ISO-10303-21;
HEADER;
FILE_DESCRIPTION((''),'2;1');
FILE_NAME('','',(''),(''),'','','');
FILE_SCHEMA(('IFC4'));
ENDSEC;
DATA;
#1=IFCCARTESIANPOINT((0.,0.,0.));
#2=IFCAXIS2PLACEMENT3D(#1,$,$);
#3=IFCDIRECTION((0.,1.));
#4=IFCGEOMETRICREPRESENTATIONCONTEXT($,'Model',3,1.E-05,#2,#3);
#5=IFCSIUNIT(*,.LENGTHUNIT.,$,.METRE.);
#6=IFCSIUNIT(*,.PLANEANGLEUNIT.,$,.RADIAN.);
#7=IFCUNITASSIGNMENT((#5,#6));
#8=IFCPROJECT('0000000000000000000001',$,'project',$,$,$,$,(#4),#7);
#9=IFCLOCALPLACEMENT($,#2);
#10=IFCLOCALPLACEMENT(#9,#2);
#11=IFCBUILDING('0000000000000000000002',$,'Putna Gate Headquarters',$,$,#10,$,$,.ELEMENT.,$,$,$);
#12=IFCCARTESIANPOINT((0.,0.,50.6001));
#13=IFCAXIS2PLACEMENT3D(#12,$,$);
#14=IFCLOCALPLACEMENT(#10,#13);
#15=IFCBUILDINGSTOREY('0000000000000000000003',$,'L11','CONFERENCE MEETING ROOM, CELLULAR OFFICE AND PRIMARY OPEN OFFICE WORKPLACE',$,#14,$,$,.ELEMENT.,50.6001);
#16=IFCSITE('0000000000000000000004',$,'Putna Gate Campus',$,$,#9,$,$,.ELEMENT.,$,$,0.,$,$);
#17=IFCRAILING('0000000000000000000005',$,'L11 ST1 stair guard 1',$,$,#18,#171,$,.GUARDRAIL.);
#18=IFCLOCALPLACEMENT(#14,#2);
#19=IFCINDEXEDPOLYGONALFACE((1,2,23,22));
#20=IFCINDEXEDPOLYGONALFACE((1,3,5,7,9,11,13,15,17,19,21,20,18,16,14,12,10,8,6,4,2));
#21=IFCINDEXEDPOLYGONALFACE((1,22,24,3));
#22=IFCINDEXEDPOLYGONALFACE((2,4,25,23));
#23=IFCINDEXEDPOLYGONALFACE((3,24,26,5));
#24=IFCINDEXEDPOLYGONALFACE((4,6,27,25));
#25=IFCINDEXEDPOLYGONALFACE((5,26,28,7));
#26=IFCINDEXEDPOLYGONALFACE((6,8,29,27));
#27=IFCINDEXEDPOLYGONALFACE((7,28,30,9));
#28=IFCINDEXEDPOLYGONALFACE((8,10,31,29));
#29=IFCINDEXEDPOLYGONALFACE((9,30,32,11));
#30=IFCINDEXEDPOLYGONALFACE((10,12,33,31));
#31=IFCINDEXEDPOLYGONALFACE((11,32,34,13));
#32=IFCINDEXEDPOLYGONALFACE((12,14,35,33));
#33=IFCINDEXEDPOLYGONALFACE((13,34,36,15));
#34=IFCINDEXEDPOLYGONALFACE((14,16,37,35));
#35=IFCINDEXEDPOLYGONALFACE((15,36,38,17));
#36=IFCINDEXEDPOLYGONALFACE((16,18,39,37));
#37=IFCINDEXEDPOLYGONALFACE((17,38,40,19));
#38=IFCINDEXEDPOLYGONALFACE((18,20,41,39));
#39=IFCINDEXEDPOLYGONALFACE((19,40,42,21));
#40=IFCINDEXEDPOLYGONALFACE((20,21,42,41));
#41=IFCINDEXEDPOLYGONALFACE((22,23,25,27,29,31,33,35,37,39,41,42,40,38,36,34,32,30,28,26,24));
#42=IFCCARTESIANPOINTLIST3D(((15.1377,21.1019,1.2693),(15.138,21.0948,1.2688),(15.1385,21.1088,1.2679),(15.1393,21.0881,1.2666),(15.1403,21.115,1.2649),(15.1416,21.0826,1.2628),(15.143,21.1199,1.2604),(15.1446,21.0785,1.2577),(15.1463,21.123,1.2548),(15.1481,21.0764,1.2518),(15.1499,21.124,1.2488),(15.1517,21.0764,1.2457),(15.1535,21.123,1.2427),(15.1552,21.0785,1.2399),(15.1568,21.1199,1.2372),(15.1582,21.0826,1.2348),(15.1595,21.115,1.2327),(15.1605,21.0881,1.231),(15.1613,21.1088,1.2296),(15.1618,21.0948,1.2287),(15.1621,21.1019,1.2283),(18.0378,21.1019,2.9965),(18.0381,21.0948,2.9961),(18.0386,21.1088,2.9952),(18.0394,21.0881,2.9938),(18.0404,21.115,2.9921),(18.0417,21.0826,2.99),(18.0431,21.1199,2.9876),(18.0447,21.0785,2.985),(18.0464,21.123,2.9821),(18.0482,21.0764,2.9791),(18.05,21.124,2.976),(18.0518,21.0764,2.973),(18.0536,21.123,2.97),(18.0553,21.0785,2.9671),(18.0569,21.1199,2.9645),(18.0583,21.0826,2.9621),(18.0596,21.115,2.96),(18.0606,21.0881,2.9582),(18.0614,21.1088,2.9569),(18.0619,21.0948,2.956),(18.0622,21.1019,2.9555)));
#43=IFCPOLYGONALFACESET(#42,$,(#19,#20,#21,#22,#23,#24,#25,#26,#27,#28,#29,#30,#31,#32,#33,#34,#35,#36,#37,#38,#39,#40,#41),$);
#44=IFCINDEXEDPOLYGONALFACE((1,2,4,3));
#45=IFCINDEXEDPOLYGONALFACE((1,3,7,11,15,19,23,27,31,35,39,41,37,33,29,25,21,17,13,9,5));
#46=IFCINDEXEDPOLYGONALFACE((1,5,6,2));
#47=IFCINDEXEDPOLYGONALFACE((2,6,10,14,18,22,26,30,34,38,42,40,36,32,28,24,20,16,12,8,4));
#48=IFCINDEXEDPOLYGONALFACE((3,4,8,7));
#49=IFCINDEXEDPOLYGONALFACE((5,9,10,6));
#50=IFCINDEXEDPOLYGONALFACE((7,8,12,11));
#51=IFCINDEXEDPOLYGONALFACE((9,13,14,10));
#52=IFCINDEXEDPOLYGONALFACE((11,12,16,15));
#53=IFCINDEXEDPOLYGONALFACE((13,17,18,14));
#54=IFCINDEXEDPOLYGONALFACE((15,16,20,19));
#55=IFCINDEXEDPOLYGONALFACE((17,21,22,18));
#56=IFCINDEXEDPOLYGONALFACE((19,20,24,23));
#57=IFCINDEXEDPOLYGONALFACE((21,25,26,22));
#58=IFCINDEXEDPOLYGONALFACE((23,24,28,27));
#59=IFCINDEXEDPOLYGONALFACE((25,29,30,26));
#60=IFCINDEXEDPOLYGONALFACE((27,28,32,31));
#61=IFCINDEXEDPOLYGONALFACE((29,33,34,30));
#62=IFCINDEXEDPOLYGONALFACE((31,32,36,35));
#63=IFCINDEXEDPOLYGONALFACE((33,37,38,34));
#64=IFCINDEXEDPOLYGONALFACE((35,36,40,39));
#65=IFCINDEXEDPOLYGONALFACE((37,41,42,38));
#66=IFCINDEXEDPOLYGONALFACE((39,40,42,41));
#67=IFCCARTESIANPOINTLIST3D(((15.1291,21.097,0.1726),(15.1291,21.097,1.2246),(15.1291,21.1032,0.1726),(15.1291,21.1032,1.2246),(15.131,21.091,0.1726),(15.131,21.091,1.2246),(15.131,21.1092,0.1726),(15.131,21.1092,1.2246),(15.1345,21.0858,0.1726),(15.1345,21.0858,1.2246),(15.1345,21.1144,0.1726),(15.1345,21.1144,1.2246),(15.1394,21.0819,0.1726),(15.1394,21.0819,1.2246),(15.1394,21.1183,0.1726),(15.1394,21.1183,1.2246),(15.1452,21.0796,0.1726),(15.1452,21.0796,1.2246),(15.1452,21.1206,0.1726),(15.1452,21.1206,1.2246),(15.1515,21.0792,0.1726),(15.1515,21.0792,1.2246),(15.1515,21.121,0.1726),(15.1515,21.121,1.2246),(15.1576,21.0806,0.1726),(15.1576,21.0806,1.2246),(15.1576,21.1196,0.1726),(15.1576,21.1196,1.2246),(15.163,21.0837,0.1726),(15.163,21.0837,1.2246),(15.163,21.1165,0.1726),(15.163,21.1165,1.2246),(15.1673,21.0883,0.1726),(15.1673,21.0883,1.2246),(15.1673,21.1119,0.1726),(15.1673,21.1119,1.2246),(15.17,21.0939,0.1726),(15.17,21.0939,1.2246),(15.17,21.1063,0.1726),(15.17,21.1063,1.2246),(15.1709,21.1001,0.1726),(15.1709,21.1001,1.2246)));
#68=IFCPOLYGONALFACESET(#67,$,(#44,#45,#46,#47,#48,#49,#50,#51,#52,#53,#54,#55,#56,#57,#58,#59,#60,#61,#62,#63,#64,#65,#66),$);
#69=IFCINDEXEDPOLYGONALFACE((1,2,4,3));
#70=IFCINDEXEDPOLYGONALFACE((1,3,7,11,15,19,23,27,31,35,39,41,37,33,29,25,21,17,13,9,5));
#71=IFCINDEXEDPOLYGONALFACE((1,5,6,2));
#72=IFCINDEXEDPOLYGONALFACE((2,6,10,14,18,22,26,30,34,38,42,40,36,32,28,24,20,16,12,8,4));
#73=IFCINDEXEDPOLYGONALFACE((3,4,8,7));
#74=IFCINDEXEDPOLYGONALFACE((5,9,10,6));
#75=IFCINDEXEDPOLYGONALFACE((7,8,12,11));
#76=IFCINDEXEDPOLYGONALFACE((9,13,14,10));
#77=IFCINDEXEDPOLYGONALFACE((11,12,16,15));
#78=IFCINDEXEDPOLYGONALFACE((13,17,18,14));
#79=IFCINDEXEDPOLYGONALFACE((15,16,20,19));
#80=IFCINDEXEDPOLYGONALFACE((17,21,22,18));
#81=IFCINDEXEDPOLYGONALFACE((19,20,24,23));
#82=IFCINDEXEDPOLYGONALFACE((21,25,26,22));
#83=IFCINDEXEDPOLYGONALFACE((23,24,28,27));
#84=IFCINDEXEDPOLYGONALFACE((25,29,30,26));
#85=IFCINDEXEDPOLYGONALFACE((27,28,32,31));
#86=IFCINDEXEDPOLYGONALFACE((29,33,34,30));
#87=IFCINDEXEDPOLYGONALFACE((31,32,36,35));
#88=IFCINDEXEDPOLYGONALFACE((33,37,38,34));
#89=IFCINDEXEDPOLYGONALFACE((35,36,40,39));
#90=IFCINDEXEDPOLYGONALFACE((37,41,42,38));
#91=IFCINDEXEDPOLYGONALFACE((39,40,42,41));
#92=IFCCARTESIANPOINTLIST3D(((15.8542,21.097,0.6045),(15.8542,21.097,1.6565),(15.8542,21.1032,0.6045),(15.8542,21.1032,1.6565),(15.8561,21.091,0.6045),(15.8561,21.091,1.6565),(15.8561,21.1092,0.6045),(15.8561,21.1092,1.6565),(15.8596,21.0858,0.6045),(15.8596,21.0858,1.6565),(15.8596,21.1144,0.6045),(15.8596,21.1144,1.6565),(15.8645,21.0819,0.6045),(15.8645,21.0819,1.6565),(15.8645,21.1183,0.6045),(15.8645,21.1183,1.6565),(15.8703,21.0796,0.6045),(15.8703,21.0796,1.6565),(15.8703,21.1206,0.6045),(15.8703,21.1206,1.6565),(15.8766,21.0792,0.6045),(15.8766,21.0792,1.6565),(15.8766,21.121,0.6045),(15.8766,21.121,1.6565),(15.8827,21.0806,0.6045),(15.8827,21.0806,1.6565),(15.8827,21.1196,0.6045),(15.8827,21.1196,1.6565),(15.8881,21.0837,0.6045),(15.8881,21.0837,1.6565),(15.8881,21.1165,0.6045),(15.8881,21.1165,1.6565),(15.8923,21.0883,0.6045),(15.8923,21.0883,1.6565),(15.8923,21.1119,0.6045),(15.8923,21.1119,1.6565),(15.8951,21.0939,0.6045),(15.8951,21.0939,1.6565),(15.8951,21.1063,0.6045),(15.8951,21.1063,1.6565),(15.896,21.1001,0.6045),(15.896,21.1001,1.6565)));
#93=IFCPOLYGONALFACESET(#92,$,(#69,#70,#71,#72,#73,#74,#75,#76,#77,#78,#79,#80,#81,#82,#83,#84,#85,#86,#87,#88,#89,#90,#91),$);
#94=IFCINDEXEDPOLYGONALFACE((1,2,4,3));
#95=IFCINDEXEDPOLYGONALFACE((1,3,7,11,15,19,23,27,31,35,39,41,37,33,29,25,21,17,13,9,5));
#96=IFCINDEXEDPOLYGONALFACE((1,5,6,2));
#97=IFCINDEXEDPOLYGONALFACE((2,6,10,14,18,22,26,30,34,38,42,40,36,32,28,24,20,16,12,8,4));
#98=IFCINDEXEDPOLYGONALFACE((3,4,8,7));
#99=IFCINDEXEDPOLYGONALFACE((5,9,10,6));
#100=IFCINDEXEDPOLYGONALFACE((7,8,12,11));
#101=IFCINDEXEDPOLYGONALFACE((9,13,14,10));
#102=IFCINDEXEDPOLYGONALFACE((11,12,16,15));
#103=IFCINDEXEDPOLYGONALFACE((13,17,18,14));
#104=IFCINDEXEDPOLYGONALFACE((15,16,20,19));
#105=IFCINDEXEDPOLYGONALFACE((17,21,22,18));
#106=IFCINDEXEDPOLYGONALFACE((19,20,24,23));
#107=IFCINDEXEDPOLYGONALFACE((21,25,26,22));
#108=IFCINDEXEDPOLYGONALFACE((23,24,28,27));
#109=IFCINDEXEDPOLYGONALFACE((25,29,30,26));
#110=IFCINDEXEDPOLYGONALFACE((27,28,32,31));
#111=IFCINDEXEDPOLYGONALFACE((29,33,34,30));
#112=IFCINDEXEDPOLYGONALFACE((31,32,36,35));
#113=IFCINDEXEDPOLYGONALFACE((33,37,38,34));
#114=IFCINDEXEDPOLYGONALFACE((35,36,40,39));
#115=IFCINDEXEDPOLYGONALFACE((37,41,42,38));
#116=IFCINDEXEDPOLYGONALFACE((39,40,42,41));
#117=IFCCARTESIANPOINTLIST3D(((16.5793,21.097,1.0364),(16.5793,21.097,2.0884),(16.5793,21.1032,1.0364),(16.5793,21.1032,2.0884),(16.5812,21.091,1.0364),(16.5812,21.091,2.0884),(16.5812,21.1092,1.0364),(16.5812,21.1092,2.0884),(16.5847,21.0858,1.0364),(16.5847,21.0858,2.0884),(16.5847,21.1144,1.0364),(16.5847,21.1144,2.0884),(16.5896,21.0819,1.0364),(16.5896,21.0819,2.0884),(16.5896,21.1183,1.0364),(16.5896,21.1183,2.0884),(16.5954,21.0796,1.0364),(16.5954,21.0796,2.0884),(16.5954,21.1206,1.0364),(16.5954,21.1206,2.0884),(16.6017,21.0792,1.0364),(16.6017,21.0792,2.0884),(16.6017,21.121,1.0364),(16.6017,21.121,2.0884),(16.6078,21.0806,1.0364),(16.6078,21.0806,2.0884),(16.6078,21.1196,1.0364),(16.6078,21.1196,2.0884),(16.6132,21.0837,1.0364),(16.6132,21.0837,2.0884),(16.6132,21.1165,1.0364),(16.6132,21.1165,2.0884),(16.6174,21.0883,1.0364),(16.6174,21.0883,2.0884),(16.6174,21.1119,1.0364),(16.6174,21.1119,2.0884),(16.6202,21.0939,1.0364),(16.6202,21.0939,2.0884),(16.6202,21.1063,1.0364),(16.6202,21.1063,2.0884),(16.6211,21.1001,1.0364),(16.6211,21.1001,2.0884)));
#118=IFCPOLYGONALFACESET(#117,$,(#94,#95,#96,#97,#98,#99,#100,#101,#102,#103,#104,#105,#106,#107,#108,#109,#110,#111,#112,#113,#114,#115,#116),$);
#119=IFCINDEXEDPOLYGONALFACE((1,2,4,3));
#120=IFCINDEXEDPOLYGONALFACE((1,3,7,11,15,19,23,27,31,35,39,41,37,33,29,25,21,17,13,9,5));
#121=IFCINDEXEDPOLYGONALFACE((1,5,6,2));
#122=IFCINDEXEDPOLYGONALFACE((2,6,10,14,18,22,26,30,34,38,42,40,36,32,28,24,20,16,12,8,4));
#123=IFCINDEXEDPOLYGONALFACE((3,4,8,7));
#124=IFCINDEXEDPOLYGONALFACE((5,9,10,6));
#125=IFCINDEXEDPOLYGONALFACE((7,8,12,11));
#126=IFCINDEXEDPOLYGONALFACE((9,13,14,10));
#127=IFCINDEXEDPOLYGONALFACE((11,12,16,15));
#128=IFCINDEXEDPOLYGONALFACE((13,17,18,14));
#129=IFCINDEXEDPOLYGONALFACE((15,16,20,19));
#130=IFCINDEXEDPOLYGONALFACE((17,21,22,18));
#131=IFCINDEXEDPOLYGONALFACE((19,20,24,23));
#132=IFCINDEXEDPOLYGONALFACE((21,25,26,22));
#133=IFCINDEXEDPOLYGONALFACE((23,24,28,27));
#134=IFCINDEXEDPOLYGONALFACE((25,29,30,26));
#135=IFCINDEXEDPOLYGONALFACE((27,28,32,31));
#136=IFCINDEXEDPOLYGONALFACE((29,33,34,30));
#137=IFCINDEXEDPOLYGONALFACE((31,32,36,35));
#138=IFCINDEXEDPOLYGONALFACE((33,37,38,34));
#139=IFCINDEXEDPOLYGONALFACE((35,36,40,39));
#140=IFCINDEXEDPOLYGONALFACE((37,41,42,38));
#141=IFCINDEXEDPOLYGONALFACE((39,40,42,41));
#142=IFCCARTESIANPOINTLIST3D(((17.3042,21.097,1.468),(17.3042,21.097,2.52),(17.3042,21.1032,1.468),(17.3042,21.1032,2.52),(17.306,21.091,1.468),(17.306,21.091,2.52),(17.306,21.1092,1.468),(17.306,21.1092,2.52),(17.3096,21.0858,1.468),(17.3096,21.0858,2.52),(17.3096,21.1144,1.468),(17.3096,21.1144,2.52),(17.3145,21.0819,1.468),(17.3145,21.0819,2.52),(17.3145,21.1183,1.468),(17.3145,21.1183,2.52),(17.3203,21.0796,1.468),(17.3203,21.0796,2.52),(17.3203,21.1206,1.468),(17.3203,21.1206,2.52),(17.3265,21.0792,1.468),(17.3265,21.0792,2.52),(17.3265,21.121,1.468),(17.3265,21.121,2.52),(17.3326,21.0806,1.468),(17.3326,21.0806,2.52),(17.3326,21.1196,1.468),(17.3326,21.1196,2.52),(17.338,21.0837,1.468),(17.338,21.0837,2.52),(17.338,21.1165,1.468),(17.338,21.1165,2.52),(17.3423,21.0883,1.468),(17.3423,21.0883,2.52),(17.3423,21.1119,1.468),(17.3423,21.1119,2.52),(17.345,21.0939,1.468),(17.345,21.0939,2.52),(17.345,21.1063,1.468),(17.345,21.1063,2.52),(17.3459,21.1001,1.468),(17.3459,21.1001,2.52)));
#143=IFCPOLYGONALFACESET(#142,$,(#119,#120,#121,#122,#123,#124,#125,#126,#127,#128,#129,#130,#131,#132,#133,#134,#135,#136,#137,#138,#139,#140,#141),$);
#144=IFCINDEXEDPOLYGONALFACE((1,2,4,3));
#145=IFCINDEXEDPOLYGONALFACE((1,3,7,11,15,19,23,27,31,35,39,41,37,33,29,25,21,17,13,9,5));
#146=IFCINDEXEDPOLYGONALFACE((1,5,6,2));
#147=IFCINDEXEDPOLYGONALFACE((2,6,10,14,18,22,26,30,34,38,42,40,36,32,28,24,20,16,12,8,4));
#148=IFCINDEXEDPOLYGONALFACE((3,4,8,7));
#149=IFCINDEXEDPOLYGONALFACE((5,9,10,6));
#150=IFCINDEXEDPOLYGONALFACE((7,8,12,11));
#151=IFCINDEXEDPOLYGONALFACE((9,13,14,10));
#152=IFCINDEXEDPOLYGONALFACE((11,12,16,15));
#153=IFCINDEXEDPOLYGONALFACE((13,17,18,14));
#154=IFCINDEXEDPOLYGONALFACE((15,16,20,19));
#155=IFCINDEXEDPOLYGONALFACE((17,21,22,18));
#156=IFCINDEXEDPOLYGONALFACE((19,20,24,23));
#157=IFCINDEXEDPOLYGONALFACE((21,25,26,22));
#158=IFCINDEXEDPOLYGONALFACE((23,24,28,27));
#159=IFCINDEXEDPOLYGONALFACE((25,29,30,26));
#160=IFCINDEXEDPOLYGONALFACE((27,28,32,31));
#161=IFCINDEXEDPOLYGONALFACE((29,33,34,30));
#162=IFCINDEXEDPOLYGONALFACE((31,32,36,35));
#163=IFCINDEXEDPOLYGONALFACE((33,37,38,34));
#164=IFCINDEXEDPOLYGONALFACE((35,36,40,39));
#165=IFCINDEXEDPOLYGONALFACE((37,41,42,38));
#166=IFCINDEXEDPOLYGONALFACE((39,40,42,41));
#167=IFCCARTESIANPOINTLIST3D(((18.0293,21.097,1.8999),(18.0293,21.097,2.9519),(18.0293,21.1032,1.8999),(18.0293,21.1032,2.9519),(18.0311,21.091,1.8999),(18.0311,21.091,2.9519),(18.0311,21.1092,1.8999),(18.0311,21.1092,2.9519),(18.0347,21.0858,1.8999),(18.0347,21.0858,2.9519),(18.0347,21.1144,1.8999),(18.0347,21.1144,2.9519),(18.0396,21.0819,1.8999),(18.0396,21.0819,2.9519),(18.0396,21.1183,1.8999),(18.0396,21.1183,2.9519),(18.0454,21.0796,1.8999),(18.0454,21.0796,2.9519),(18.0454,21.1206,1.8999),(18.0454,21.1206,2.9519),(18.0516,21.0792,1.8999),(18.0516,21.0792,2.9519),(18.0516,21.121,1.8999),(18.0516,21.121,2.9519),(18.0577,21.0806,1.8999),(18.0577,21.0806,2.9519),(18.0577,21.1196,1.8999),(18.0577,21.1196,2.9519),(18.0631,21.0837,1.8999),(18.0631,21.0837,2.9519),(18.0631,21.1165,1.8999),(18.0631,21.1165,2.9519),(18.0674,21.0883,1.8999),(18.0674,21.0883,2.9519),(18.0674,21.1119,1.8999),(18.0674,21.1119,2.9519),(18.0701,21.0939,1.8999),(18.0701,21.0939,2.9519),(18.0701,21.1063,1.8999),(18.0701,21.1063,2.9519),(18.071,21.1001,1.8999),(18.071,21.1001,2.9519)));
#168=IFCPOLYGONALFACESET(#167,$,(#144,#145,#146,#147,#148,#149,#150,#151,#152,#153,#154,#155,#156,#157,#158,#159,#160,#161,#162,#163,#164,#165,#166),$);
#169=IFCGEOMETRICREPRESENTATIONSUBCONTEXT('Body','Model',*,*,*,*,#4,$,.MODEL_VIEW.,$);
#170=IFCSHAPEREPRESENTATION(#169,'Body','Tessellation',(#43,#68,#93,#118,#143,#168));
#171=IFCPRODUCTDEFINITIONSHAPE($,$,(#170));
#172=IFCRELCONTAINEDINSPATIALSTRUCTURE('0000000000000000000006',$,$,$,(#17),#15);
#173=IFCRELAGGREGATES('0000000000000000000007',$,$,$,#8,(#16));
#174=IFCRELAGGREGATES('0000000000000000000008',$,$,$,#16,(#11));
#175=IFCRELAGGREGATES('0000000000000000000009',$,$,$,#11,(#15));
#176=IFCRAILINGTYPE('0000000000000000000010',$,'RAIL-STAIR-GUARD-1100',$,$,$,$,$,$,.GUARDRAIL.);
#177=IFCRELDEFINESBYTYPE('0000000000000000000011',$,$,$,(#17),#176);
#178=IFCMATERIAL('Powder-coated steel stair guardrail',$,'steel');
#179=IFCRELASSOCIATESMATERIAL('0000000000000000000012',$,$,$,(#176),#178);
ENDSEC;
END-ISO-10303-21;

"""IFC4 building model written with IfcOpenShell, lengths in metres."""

from ifc_helpers import new_model, si_unit, direction, frame, origin, origin_2d, place, context, subcontext, project, spatial, circle, extrude, material, type_object, element, save


model = new_model("IFC4")

# Units and contexts
model_context = context("Model", 3, precision=1e-05, world=origin(), true_north=direction((0.0, 1.0)))
body_context = subcontext(model_context, "Body", "Model", "MODEL_VIEW")
ifc_project = project(units=[si_unit("LENGTHUNIT", "METRE"), si_unit("PLANEANGLEUNIT", "RADIAN")], contexts=[model_context])

# Site, building, storey
site_placement = place(None, origin())
site = spatial("IfcSite", under=ifc_project, at=site_placement, Name="Putna Gate Campus", CompositionType="ELEMENT", RefElevation=0.0)
building_placement = place(site_placement, origin())
building = spatial("IfcBuilding", under=site, at=building_placement, Name="Putna Gate Headquarters", CompositionType="ELEMENT")
storey_placement = place(building_placement, frame((0.0, 0.0, 50.6001)))
storey = spatial("IfcBuildingStorey", under=building, at=storey_placement, Name="L11", Description="CONFERENCE MEETING ROOM, CELLULAR OFFICE AND PRIMARY OPEN OFFICE WORKPLACE", CompositionType="ELEMENT", Elevation=50.6001)

# Railing
ifc_material_1 = material(Name="Powder-coated steel stair guardrail", Category="steel")
railing_type_1 = type_object("IfcRailingType", Name="RAIL-STAIR-GUARD-1100", PredefinedType="GUARDRAIL", material=ifc_material_1)
railing_1_placement = place(storey_placement, frame((15.1499, 21.1001, 0.1726)))
element("IfcRailing", 1, at=railing_1_placement, inside=storey, type_object=railing_type_1, Name="L11 ST1 stair guard 1", PredefinedType="GUARDRAIL", context=body_context, shape_type="SweptSolid", body=[
    extrude(circle(Radius=0.0239, at=origin_2d()), frame((0.0, 0.0, 1.0762), z_axis=(0.85916, 0.0, 0.511706), x_axis=(0.0, 1.0, 0.0)), (0.0, 0.0, 1.0), 3.3755),
    extrude(circle(Radius=0.021, at=origin_2d()), origin(), (0.0, 0.0, 1.0), 1.052),
    extrude(circle(Radius=0.021, at=origin_2d()), frame((0.7251, 0.0, 0.4319)), (0.0, 0.0, 1.0), 1.052),
    extrude(circle(Radius=0.021, at=origin_2d()), frame((1.4502, 0.0, 0.8638)), (0.0, 0.0, 1.0), 1.052),
    extrude(circle(Radius=0.021, at=origin_2d()), frame((2.175, 0.0, 1.2954)), (0.0, 0.0, 1.0), 1.052),
    extrude(circle(Radius=0.021, at=origin_2d()), frame((2.9001, 0.0, 1.7273)), (0.0, 0.0, 1.0), 1.052),
])

save(model, "model.ifc")
